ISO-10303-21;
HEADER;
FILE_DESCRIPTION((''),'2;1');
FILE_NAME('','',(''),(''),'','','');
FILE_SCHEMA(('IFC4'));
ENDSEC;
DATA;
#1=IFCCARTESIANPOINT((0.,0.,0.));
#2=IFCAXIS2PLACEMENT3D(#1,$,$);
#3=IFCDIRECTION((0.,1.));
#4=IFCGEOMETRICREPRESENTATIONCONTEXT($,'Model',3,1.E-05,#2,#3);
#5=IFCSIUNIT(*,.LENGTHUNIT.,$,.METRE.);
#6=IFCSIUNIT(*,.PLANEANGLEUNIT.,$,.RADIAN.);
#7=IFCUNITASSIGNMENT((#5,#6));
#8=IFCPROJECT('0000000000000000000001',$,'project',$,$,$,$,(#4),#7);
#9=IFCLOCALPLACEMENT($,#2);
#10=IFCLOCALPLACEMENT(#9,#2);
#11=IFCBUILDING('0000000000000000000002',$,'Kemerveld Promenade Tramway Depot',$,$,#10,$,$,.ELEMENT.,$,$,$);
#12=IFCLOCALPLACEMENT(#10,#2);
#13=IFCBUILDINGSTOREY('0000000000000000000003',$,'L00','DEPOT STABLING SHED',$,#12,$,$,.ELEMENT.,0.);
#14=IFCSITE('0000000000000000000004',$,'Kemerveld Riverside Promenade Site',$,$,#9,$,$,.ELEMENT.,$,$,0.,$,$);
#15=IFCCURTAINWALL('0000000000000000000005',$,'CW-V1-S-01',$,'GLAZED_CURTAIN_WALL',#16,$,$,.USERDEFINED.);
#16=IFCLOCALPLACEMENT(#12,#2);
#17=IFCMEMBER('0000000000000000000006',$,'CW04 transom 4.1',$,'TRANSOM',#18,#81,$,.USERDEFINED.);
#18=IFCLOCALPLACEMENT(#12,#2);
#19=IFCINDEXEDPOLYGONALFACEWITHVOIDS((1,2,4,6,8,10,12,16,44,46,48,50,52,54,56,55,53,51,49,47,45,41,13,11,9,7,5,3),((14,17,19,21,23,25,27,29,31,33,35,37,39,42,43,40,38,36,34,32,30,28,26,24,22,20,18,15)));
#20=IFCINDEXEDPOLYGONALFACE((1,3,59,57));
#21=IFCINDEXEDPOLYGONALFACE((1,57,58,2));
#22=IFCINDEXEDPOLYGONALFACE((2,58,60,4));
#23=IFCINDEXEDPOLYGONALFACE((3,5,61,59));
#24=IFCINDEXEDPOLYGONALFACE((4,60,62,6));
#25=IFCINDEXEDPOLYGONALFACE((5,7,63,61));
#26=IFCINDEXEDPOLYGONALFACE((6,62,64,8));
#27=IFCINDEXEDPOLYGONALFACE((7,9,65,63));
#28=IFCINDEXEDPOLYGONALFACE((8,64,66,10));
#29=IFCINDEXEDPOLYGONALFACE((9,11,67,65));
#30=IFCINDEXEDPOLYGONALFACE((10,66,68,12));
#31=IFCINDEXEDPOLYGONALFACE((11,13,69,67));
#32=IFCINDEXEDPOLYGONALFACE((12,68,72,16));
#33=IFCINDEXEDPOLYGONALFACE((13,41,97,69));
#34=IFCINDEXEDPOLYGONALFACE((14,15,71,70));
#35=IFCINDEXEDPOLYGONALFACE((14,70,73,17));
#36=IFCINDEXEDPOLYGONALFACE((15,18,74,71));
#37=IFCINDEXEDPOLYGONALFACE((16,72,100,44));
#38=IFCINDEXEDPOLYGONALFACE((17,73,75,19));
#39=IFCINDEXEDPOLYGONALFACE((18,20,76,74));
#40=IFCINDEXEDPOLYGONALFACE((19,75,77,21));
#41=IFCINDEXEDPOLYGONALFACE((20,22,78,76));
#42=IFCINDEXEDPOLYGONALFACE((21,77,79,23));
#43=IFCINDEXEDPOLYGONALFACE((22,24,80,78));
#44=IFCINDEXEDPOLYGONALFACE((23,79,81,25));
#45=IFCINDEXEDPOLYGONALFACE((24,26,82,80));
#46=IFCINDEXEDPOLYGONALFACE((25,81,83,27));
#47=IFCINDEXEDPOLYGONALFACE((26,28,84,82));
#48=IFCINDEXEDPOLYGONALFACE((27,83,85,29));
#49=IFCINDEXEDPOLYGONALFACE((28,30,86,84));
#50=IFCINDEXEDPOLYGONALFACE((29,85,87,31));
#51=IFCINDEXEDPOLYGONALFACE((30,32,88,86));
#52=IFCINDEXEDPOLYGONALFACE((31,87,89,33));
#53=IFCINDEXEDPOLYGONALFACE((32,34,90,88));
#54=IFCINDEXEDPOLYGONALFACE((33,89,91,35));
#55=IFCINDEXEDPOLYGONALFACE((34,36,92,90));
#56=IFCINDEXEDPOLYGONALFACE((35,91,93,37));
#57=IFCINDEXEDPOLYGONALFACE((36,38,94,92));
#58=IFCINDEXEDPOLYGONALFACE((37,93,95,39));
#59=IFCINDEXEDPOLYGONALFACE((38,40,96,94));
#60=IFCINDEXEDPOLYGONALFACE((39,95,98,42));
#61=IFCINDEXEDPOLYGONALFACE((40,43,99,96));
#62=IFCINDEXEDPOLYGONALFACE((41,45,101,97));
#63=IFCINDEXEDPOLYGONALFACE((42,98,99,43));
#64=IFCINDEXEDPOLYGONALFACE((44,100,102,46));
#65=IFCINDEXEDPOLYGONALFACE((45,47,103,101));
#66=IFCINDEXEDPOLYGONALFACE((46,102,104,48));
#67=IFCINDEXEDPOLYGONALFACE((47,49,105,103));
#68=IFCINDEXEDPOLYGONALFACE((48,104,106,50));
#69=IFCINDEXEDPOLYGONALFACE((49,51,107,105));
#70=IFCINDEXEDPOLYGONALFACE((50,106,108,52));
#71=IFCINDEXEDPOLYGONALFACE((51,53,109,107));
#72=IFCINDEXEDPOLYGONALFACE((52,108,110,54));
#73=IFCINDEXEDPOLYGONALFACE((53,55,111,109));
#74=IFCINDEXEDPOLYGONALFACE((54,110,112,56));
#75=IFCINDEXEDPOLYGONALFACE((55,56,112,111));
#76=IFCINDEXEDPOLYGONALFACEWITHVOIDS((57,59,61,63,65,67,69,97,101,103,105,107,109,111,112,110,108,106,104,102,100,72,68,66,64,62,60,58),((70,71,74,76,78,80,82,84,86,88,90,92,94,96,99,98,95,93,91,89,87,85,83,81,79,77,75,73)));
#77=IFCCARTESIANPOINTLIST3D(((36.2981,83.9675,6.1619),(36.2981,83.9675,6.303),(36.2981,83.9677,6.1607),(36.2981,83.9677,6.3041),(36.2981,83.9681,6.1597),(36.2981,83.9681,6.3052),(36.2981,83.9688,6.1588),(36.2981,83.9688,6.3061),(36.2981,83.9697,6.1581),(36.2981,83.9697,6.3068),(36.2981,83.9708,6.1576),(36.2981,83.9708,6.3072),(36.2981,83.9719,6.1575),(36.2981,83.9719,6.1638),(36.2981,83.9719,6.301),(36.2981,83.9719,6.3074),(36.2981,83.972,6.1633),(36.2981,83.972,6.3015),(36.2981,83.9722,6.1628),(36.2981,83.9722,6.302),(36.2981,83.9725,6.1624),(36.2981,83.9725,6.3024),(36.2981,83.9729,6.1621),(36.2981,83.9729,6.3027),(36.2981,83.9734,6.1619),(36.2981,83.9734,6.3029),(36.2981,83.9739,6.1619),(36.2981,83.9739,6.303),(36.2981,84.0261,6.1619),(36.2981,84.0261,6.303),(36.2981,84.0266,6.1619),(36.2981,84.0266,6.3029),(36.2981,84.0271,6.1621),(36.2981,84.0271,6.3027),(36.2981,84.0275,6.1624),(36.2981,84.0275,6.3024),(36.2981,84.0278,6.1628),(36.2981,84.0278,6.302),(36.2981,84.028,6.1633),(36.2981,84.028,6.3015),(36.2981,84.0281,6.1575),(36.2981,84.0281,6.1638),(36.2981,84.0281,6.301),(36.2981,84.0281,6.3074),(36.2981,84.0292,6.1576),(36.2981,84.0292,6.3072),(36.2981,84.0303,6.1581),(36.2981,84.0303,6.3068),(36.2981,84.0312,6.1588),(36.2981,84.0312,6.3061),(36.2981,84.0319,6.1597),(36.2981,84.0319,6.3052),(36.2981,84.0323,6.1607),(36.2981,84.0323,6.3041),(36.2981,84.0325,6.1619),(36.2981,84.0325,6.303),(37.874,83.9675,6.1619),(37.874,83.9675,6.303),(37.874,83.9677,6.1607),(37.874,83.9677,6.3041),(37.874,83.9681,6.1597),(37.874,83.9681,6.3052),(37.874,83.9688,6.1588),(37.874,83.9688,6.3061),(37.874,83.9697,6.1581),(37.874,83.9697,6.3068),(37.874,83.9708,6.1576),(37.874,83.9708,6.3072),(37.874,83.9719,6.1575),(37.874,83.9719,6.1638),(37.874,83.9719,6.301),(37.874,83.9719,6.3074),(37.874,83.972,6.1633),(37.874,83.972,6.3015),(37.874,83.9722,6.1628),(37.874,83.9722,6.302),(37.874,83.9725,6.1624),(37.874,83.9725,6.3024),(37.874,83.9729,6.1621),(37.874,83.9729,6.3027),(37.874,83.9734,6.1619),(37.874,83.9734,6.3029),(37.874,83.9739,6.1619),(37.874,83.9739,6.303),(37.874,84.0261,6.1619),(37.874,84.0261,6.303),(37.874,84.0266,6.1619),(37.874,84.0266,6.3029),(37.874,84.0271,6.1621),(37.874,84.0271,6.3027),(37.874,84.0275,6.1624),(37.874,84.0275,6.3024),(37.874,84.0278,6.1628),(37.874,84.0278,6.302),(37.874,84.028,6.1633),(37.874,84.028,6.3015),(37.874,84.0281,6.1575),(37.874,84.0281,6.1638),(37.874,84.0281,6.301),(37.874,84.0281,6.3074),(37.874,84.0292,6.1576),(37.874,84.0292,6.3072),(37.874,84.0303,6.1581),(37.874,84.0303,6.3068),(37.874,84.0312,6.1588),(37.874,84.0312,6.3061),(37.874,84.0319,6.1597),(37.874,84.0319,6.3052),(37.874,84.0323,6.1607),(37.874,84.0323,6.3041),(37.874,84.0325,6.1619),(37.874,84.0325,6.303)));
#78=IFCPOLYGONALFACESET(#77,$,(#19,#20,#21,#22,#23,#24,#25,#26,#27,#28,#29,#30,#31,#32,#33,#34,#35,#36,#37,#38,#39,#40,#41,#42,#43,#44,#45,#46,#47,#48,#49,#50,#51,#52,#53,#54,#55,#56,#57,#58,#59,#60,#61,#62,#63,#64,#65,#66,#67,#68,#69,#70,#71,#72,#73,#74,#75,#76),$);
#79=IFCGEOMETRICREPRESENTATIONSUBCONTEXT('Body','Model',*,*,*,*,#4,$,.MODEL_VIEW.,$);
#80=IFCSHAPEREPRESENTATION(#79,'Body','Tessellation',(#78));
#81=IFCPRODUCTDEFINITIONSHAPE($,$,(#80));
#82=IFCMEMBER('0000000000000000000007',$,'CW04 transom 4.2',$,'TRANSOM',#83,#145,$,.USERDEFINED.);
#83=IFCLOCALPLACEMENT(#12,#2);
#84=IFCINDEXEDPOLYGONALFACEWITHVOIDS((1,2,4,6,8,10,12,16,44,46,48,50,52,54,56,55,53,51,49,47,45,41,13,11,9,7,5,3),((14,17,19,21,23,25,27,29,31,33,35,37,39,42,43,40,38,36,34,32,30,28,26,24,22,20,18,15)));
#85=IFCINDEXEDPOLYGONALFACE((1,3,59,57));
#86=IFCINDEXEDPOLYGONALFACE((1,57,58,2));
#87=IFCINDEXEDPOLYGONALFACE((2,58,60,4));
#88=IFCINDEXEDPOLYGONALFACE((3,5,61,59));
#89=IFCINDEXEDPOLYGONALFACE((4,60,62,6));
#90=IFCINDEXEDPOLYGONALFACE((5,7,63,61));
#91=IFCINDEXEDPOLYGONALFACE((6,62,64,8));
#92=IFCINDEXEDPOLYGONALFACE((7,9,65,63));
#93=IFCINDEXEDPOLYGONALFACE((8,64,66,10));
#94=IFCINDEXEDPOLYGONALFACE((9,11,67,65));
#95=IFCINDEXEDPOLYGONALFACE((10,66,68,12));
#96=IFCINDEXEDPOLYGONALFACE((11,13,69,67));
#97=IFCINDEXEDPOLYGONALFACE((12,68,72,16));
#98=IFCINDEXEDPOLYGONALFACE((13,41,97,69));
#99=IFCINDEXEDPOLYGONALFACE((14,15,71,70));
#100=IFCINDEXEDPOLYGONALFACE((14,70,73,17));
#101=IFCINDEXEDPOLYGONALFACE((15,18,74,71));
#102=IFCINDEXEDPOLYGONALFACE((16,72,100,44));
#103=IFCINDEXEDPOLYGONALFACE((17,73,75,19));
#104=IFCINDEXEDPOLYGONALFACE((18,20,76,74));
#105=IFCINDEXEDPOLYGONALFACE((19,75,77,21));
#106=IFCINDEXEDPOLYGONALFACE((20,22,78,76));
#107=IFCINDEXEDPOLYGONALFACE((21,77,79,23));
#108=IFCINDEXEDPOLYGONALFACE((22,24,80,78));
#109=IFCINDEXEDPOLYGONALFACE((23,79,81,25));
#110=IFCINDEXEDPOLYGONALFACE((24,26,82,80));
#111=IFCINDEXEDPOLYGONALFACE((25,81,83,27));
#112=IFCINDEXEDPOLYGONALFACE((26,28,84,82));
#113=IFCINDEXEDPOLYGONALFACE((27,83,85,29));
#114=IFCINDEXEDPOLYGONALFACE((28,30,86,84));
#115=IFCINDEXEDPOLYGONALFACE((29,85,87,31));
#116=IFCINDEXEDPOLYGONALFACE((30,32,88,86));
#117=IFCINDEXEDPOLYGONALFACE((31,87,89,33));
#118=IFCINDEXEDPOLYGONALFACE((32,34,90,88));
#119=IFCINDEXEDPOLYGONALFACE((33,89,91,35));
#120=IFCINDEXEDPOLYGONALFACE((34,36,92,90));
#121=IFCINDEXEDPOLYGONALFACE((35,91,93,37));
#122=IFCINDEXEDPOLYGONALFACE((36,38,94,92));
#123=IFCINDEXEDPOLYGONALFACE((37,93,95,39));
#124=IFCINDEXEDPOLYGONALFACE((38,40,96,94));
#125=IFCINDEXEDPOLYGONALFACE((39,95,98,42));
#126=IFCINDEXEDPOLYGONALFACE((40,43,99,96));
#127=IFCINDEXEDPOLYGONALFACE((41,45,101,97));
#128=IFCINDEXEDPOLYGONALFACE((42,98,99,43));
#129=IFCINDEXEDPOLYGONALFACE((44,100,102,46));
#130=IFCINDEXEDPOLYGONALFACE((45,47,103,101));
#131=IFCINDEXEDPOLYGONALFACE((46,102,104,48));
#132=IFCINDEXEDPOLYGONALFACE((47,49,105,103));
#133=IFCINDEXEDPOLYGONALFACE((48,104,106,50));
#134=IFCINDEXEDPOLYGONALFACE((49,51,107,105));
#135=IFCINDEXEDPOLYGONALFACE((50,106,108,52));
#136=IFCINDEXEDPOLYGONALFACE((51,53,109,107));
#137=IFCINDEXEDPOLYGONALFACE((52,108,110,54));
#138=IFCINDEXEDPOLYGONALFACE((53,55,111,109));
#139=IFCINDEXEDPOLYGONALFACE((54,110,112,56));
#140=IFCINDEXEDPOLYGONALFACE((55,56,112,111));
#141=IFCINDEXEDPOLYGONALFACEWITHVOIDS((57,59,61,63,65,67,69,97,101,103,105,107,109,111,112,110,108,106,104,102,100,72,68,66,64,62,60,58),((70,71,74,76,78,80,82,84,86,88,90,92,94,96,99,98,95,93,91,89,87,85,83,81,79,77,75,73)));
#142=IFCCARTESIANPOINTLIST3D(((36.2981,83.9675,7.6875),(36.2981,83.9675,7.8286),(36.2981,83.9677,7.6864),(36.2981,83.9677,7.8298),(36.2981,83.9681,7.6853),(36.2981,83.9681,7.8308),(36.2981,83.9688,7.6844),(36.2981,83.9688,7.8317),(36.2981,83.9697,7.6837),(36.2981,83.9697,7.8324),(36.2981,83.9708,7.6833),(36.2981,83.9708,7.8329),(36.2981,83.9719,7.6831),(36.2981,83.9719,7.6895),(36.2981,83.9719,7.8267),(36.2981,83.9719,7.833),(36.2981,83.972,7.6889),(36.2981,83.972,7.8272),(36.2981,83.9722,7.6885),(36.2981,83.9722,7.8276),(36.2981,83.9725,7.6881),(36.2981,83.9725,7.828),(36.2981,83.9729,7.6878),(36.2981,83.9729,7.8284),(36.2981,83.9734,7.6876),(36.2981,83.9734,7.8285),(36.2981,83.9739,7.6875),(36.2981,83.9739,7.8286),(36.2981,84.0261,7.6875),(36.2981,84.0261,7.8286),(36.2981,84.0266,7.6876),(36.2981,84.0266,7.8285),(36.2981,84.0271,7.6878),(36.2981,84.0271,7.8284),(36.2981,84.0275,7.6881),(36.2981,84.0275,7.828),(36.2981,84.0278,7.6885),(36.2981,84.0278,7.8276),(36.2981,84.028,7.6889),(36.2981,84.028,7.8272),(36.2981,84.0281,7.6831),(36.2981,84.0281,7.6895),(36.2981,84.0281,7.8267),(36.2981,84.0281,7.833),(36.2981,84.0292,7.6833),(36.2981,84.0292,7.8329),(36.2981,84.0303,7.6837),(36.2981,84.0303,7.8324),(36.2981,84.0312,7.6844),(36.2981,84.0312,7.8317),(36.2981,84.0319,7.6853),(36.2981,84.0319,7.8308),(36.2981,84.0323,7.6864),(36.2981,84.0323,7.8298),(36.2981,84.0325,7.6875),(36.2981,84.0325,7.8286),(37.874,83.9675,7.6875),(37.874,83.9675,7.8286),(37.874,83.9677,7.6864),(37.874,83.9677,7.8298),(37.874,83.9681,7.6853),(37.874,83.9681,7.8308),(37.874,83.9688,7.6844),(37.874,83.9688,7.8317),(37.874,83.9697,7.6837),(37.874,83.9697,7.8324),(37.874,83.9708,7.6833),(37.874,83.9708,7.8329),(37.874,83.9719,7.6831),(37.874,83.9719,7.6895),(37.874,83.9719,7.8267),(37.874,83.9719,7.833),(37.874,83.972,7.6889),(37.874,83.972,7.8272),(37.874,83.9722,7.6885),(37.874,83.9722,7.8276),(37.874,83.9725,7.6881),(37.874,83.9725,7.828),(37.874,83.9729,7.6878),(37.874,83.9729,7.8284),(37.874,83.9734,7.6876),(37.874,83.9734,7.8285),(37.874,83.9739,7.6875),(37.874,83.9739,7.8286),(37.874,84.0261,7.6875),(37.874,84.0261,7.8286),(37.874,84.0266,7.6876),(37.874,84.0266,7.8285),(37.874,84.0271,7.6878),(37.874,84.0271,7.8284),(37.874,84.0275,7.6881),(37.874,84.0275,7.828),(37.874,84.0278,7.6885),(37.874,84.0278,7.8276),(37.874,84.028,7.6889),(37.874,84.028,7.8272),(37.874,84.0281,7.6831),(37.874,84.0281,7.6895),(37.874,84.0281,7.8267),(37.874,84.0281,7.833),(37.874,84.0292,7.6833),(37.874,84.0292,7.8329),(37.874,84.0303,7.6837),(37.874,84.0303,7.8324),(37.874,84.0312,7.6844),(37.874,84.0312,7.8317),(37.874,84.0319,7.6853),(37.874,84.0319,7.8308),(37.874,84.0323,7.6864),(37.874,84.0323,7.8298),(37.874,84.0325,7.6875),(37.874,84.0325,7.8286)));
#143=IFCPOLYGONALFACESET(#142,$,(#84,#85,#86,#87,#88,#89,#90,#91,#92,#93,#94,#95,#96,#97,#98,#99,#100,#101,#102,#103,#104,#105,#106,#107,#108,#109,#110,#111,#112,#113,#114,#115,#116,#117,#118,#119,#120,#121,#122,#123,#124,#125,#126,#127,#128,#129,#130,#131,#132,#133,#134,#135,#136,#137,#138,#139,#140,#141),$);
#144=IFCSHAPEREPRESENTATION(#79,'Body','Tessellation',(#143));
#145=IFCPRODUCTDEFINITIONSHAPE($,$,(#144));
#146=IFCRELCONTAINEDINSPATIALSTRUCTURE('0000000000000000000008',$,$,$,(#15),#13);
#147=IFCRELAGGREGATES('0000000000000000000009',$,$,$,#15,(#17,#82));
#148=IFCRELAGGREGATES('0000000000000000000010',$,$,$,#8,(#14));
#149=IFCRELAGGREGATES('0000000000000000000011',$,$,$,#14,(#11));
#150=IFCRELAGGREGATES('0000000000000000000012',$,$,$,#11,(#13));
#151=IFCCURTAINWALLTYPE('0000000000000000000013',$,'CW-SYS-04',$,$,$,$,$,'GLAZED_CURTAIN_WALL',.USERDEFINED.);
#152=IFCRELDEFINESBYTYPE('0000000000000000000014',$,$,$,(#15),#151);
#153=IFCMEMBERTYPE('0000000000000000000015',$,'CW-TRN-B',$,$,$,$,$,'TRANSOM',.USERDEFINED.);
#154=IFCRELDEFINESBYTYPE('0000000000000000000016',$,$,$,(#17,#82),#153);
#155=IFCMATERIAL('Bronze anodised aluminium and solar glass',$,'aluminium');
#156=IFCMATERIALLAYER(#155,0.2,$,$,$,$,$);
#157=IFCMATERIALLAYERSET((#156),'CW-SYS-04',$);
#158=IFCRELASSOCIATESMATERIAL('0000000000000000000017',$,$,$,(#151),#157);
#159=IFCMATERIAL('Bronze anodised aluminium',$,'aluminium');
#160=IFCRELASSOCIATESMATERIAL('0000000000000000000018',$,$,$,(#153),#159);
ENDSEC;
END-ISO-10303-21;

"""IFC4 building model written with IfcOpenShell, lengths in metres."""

from ifc_helpers import new_model, si_unit, direction, frame, origin, origin_2d, place, context, subcontext, project, spatial, hollow_rectangle, extrude, material, layer, layer_set, material_profile, profile_set, type_object, element, aggregate, save


model = new_model("IFC4")

# Units and contexts
model_context = context("Model", 3, precision=1e-05, world=origin(), true_north=direction((0.0, 1.0)))
body_context = subcontext(model_context, "Body", "Model", "MODEL_VIEW")
ifc_project = project(units=[si_unit("LENGTHUNIT", "METRE"), si_unit("PLANEANGLEUNIT", "RADIAN")], contexts=[model_context])

# Site, building, storey
site_placement = place(None, origin())
site = spatial("IfcSite", under=ifc_project, at=site_placement, Name="Kemerveld Riverside Promenade Site", CompositionType="ELEMENT", RefElevation=0.0)
building_placement = place(site_placement, origin())
building = spatial("IfcBuilding", under=site, at=building_placement, Name="Kemerveld Promenade Tramway Depot", CompositionType="ELEMENT")
storey_placement = place(building_placement, origin())
storey = spatial("IfcBuildingStorey", under=building, at=storey_placement, Name="L00", Description="DEPOT STABLING SHED", CompositionType="ELEMENT", Elevation=0.0)

# Shared definitions
ifc_material_1 = material(Name="Bronze anodised aluminium and solar glass", Category="aluminium")
ifc_material_2 = material(Name="Bronze anodised aluminium", Category="aluminium")

# Curtain wall
ifc_layer_1 = layer(ifc_material_1, 0.2)
ifc_layer_set_1 = layer_set([ifc_layer_1], Name="CW-SYS-04")
curtain_wall_type_1 = type_object("IfcCurtainWallType", Name="CW-SYS-04", ElementType="GLAZED_CURTAIN_WALL", PredefinedType="USERDEFINED", material=ifc_layer_set_1)
curtain_wall_1_placement = place(storey_placement, origin())
curtain_wall_1 = element("IfcCurtainWall", 1, at=curtain_wall_1_placement, inside=storey, type_object=curtain_wall_type_1, Name="CW-V1-S-01", ObjectType="GLAZED_CURTAIN_WALL", PredefinedType="USERDEFINED")

# Members
ifc_material_profile_1 = material_profile(ifc_material_2, hollow_rectangle(XDim=0.0649, YDim=0.1499, WallThickness=0.0044, InnerFilletRadius=0.002, OuterFilletRadius=0.0044, at=origin_2d()), Name="CW-TRN-150x65")
ifc_profile_set_1 = profile_set([ifc_material_profile_1], Name="Bronze anodised aluminium")
member_type_1 = type_object("IfcMemberType", Name="CW-TRN-B", ElementType="TRANSOM", PredefinedType="USERDEFINED", material=ifc_profile_set_1)
member_1_placement = place(storey_placement, frame((37.874, 84.0, 6.2324), z_axis=(-1.0, 0.0, 0.0), x_axis=(0.0, -1.0, 0.0)))
member_1 = element("IfcMember", 2, at=member_1_placement, type_object=member_type_1, Name="CW04 transom 4.1", ObjectType="TRANSOM", PredefinedType="USERDEFINED", context=body_context, shape_type="SweptSolid", body=[
    extrude(hollow_rectangle(XDim=0.0649, YDim=0.1499, WallThickness=0.0044, InnerFilletRadius=0.002, OuterFilletRadius=0.0044, at=origin_2d()), origin(), (0.0, 0.0, 1.0), 1.5759),
])
member_2_placement = place(storey_placement, frame((37.874, 84.0, 7.7581), z_axis=(-1.0, 0.0, 0.0), x_axis=(0.0, -1.0, 0.0)))
member_2 = element("IfcMember", 3, at=member_2_placement, type_object=member_type_1, Name="CW04 transom 4.2", ObjectType="TRANSOM", PredefinedType="USERDEFINED", context=body_context, shape_type="SweptSolid", body=[
    extrude(hollow_rectangle(XDim=0.0649, YDim=0.1499, WallThickness=0.0044, InnerFilletRadius=0.002, OuterFilletRadius=0.0044, at=origin_2d()), origin(), (0.0, 0.0, 1.0), 1.5759),
])

aggregate(curtain_wall_1, [member_1, member_2])

save(model, "model.ifc")
